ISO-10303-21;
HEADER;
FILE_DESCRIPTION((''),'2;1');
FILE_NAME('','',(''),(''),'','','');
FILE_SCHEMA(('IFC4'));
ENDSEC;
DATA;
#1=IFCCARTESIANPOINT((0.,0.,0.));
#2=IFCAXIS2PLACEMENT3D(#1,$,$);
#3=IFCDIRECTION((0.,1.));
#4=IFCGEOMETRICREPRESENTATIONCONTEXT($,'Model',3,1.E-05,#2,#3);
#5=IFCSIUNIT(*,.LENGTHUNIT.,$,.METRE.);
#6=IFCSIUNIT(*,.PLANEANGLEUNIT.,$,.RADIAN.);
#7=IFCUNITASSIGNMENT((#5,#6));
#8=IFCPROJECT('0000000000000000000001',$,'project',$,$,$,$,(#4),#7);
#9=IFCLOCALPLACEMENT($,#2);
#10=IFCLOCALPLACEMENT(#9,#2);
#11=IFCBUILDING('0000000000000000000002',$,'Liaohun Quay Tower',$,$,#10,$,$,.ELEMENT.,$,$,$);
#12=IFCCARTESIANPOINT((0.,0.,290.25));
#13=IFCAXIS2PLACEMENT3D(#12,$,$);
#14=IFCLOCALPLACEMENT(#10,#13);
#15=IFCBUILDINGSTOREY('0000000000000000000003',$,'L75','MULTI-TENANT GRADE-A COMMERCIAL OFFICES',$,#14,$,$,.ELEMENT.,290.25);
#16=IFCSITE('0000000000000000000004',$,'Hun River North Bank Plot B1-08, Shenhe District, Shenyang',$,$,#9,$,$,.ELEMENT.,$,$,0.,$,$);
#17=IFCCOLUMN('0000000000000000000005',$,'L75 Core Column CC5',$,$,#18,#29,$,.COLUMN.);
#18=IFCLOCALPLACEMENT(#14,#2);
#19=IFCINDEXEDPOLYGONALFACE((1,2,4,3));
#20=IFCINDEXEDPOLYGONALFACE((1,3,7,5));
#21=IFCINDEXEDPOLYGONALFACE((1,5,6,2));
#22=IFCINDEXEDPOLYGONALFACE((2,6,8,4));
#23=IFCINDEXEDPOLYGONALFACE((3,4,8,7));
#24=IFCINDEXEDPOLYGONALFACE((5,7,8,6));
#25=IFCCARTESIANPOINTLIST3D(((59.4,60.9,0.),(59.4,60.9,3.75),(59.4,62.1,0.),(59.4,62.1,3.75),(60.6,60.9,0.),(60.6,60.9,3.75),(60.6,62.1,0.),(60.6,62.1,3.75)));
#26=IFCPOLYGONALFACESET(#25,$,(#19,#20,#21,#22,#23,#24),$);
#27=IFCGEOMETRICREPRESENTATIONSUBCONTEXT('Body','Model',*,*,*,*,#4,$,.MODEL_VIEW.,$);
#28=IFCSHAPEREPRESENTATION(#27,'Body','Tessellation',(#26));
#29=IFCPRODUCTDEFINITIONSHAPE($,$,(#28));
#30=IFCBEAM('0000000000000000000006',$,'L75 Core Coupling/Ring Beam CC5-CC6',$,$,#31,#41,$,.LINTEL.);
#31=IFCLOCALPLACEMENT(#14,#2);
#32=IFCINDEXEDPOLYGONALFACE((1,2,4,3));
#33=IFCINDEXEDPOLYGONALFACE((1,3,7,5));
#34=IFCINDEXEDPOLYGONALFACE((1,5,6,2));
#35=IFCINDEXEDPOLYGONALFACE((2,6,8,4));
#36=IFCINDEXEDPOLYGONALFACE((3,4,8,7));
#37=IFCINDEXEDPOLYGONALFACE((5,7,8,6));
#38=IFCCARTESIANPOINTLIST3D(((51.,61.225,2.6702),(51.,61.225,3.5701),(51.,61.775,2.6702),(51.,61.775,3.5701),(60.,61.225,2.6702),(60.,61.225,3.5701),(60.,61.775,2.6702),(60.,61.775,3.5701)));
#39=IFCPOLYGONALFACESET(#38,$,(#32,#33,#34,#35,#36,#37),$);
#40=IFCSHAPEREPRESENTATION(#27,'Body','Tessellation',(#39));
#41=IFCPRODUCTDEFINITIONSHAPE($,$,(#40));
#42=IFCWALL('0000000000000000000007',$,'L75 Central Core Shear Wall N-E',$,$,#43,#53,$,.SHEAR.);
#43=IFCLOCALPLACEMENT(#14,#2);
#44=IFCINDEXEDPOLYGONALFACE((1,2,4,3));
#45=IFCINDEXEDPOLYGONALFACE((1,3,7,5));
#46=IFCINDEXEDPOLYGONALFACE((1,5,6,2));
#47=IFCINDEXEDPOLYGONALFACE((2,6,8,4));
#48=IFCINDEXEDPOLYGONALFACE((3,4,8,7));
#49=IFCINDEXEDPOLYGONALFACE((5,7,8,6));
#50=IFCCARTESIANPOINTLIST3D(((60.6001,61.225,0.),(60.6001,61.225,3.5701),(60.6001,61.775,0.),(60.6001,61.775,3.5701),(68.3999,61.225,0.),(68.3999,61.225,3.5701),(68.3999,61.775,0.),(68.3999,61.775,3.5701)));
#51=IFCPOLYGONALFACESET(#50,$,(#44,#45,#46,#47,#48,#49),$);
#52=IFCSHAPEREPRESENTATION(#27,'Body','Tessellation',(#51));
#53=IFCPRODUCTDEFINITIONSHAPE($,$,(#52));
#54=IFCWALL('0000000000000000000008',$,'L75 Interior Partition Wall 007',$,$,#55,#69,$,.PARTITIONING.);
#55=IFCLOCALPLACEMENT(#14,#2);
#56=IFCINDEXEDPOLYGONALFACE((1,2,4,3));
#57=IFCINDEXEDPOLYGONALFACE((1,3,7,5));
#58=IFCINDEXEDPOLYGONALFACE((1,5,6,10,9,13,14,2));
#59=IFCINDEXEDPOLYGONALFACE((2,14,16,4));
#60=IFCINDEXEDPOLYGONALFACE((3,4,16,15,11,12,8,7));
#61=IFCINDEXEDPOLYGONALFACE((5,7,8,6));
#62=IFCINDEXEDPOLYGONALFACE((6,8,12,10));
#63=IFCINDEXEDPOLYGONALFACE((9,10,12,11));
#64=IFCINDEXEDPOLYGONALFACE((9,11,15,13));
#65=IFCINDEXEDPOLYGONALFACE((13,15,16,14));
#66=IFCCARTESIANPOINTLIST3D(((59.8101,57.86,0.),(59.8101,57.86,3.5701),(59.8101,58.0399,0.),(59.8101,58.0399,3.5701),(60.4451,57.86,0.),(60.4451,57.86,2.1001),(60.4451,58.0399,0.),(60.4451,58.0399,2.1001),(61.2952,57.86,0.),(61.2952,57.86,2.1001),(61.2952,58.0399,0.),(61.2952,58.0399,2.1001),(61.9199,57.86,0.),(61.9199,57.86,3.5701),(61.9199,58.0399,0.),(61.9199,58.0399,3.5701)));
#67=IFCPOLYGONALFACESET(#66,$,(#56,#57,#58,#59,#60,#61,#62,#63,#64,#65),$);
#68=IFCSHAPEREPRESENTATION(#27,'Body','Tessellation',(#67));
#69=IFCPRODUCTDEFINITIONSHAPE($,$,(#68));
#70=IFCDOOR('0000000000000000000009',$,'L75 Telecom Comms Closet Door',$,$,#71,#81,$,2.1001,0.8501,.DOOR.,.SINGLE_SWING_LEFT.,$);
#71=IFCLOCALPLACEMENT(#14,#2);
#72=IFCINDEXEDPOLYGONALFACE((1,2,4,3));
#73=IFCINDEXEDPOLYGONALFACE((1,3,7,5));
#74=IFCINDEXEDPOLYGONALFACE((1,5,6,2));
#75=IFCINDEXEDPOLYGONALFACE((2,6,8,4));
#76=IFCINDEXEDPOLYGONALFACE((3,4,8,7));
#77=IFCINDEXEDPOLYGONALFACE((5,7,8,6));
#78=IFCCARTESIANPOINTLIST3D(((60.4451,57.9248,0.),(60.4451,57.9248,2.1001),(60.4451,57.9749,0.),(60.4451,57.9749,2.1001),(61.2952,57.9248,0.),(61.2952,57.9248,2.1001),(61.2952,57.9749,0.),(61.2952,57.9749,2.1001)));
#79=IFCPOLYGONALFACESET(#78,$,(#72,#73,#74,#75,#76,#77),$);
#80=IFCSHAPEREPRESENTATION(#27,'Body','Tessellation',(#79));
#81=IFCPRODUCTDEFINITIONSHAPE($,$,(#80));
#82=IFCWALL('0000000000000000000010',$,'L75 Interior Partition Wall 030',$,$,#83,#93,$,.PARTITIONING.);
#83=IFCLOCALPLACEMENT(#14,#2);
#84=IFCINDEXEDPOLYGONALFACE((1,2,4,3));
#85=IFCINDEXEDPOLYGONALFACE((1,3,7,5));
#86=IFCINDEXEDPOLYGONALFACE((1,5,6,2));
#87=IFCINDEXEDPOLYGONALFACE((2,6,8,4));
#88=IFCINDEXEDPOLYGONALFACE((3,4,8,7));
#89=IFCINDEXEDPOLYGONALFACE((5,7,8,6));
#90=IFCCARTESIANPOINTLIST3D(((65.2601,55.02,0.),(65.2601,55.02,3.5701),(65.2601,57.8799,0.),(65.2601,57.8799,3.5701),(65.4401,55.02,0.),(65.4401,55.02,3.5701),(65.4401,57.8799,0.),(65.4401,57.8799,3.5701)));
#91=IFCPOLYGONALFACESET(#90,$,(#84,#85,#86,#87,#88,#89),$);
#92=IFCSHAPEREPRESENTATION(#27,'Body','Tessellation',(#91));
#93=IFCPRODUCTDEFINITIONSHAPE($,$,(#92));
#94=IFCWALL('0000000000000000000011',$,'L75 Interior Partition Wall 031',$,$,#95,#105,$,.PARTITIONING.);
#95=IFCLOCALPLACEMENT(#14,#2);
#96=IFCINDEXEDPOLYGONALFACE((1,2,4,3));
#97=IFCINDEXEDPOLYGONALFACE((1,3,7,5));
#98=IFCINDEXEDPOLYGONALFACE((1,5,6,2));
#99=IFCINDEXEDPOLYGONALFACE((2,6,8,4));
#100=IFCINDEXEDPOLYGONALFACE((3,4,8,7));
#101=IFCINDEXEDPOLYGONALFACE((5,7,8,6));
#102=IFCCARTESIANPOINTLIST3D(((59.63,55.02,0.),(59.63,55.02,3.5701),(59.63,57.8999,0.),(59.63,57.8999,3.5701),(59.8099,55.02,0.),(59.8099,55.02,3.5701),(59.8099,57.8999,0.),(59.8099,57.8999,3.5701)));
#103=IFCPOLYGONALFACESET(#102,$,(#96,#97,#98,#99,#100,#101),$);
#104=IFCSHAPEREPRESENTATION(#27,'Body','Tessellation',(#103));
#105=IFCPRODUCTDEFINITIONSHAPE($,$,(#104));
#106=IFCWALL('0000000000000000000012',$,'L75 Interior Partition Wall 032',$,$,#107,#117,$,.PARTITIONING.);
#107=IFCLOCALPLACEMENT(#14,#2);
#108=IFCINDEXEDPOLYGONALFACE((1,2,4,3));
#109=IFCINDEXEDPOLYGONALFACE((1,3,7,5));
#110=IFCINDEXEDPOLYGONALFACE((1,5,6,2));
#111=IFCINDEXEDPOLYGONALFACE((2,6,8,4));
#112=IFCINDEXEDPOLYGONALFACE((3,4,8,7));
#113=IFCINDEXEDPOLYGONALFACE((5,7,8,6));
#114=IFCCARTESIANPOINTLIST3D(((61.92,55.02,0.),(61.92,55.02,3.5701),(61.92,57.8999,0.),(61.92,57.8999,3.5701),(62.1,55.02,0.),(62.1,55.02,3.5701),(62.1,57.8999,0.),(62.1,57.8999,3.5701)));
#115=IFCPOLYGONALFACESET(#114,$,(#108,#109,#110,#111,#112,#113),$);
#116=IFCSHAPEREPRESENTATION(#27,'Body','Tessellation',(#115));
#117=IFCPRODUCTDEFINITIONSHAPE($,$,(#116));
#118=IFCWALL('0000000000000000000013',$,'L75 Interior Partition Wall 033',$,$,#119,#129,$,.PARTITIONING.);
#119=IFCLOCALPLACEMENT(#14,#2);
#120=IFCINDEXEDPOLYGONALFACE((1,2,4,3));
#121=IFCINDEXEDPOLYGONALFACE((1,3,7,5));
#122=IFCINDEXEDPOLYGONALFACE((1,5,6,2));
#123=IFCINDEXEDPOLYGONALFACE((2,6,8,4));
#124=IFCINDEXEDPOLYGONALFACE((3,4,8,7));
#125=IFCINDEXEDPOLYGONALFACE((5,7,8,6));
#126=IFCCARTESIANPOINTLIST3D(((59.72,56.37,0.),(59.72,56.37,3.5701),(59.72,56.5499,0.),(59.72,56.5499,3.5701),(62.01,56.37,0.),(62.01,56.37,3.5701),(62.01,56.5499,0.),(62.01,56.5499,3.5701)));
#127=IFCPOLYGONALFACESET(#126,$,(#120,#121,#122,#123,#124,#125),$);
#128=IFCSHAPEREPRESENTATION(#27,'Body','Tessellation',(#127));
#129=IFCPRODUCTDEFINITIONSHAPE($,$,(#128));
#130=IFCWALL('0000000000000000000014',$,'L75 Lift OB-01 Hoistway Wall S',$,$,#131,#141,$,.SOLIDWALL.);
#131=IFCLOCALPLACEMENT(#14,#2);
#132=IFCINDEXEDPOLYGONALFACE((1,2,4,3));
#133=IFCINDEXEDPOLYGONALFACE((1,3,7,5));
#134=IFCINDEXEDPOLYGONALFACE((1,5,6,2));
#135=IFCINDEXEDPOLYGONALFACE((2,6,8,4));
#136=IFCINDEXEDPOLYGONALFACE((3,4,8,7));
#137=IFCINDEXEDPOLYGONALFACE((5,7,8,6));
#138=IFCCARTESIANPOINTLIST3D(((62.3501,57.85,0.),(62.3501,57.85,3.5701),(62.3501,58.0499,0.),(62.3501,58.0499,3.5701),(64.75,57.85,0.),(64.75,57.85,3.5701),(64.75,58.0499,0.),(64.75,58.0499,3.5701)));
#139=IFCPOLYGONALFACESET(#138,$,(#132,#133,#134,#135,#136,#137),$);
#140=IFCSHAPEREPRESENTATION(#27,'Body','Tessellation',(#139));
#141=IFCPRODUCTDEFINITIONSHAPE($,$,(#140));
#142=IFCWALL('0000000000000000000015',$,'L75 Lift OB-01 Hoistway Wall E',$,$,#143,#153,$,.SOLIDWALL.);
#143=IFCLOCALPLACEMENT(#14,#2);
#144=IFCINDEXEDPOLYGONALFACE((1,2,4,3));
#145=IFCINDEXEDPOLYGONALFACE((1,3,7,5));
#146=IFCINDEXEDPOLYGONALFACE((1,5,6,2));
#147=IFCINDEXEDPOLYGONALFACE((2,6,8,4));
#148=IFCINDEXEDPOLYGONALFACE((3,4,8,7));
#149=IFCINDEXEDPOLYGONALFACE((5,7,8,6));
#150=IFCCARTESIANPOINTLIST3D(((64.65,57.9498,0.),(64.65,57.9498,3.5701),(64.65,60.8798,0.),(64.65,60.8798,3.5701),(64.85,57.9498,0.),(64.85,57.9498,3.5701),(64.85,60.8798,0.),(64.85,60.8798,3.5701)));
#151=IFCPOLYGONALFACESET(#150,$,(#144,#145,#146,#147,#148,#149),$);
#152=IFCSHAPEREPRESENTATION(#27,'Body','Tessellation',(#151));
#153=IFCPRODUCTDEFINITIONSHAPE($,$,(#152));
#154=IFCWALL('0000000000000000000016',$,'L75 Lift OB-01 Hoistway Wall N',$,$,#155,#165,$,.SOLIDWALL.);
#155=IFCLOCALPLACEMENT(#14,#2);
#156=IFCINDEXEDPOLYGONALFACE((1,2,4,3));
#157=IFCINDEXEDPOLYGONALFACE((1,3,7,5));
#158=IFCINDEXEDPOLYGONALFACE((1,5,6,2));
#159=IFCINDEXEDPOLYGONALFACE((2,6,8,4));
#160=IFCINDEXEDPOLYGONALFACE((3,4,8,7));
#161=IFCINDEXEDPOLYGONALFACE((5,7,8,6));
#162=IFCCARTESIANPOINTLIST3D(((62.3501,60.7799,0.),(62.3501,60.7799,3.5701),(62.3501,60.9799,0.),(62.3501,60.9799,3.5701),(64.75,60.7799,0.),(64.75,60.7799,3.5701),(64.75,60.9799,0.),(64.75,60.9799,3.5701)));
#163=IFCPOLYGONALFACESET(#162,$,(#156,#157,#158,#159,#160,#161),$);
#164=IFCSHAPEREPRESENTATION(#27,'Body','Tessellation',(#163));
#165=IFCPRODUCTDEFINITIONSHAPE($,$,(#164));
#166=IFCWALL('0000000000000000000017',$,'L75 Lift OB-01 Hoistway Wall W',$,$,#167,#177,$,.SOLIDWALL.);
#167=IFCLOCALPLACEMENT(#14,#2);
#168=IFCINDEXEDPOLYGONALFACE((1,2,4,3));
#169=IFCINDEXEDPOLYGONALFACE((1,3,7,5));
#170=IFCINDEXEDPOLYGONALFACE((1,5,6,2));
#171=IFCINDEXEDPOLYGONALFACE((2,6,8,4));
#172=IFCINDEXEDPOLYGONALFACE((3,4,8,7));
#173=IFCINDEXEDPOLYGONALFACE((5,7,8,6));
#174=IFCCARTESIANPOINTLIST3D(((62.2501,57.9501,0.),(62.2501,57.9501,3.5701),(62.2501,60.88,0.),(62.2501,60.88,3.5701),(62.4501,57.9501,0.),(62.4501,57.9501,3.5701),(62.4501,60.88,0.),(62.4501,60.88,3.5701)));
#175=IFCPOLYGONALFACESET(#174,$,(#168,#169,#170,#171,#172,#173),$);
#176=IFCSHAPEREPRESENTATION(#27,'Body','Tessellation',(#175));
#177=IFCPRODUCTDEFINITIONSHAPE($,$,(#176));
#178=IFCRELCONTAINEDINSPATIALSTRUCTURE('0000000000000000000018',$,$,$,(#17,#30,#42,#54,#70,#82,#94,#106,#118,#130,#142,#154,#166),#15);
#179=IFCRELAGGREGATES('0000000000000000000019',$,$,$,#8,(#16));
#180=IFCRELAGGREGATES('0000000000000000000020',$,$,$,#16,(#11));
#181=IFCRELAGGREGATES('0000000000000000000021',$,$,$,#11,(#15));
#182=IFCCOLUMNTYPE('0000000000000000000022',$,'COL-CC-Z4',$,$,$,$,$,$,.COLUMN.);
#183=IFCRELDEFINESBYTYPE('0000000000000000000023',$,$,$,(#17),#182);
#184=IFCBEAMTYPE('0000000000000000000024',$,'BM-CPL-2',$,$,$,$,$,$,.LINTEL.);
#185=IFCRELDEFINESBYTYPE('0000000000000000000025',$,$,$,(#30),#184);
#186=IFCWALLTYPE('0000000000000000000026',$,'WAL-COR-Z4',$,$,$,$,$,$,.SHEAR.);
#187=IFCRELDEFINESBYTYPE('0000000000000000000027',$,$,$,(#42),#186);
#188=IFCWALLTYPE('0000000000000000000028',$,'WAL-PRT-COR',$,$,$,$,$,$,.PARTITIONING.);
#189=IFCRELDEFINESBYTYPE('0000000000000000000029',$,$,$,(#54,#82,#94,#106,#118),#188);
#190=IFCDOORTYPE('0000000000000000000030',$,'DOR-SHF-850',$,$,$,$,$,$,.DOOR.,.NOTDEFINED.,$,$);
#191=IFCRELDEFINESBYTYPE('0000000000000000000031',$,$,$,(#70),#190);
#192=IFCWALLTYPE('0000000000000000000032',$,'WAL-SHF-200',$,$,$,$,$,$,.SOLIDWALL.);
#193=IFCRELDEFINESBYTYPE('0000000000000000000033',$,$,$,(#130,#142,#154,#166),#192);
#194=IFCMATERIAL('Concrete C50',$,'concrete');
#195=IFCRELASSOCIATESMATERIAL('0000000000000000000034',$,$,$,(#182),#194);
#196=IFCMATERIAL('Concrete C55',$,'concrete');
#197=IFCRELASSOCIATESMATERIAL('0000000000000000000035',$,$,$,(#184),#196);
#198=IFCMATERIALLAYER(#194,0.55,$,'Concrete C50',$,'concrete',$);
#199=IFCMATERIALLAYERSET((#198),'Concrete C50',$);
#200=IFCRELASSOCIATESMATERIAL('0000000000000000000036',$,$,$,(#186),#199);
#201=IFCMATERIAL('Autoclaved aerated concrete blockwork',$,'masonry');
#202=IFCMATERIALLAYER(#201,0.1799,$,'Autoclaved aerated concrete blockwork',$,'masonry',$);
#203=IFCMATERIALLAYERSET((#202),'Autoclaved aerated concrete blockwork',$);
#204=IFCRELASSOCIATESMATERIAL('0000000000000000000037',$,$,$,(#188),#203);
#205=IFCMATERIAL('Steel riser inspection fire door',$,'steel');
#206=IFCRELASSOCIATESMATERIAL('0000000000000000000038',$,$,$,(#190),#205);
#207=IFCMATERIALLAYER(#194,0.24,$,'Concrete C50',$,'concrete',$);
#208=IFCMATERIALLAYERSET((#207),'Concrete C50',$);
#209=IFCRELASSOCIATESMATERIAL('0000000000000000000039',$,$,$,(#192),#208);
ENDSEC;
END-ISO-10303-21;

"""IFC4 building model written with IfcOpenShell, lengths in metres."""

from ifc_helpers import new_model, si_unit, direction, frame, frame_2d, origin, origin_2d, place, context, subcontext, project, spatial, rectangle, extrude, source, transform, mapped, material, layer, layer_set, material_profile, profile_set, type_object, element, fill, save


model = new_model("IFC4")

# Units and contexts
model_context = context("Model", 3, precision=1e-05, world=origin(), true_north=direction((0.0, 1.0)))
body_context = subcontext(model_context, "Body", "Model", "MODEL_VIEW")
ifc_project = project(units=[si_unit("LENGTHUNIT", "METRE"), si_unit("PLANEANGLEUNIT", "RADIAN")], contexts=[model_context])

# Site, building, storey
site_placement = place(None, origin())
site = spatial("IfcSite", under=ifc_project, at=site_placement, Name="Hun River North Bank Plot B1-08, Shenhe District, Shenyang", CompositionType="ELEMENT", RefElevation=0.0)
building_placement = place(site_placement, origin())
building = spatial("IfcBuilding", under=site, at=building_placement, Name="Liaohun Quay Tower", CompositionType="ELEMENT")
storey_placement = place(building_placement, frame((0.0, 0.0, 290.25)))
storey = spatial("IfcBuildingStorey", under=building, at=storey_placement, Name="L75", Description="MULTI-TENANT GRADE-A COMMERCIAL OFFICES", CompositionType="ELEMENT", Elevation=290.25)

# Column
ifc_material_1 = material(Name="Concrete C50", Category="concrete")
ifc_material_profile_1 = material_profile(ifc_material_1, rectangle(XDim=1.2, YDim=1.2, at=origin_2d()), Name="RC1200x1200")
ifc_profile_set_1 = profile_set([ifc_material_profile_1], Name="Concrete C50")
column_type = type_object("IfcColumnType", Name="COL-CC-Z4", PredefinedType="COLUMN", material=ifc_profile_set_1)
shared_shape_1 = source(origin(), body_context, "Body", "SweptSolid", [
    extrude(rectangle(XDim=1.2, YDim=1.2, at=origin_2d()), origin(), (0.0, 0.0, 1.0), 3.75),
])
column_placement = place(storey_placement, frame((60.0, 61.5, 0.0), z_axis=(0.0, 0.0, 1.0), x_axis=(1.0, 0.0, 0.0)))
element("IfcColumn", 1, at=column_placement, inside=storey, type_object=column_type, Name="L75 Core Column CC5", PredefinedType="COLUMN", context=body_context, shape_type="MappedRepresentation", body=[
    mapped(shared_shape_1, transform((0.0, 0.0, 0.0), x_axis=(1.0, 0.0, 0.0), y_axis=(0.0, 1.0, 0.0), z_axis=(0.0, 0.0, 1.0), scale=1.0)),
])

# Beam
ifc_material_2 = material(Name="Concrete C55", Category="concrete")
ifc_material_profile_2 = material_profile(ifc_material_2, rectangle(XDim=0.55, YDim=0.8999, at=origin_2d()), Name="RC550x900")
ifc_profile_set_2 = profile_set([ifc_material_profile_2], Name="Concrete C55")
beam_type = type_object("IfcBeamType", Name="BM-CPL-2", PredefinedType="LINTEL", material=ifc_profile_set_2)
shared_shape_2 = source(origin(), body_context, "Body", "SweptSolid", [
    extrude(rectangle(XDim=0.55, YDim=0.8999, at=origin_2d()), origin(), (0.0, 0.0, 1.0), 9.0),
])
beam_placement = place(storey_placement, frame((60.0, 61.5, 3.1201), z_axis=(-1.0, 0.0, 0.0), x_axis=(0.0, -1.0, 0.0)))
element("IfcBeam", 2, at=beam_placement, inside=storey, type_object=beam_type, Name="L75 Core Coupling/Ring Beam CC5-CC6", PredefinedType="LINTEL", context=body_context, shape_type="MappedRepresentation", body=[
    mapped(shared_shape_2, transform((0.0, 0.0, 0.0), x_axis=(1.0, 0.0, 0.0), y_axis=(0.0, 1.0, 0.0), z_axis=(0.0, 0.0, 1.0), scale=1.0)),
])

# Wall
ifc_layer_1 = layer(ifc_material_1, 0.55, Name="Concrete C50", Category="concrete")
ifc_layer_set_1 = layer_set([ifc_layer_1], Name="Concrete C50")
wall_type_1 = type_object("IfcWallType", Name="WAL-COR-Z4", PredefinedType="SHEAR", material=ifc_layer_set_1)
wall_1_placement = place(storey_placement, frame((60.6001, 61.5, 0.0), z_axis=(0.0, 0.0, 1.0), x_axis=(1.0, 0.0, 0.0)))
element("IfcWall", 3, at=wall_1_placement, inside=storey, type_object=wall_type_1, Name="L75 Central Core Shear Wall N-E", PredefinedType="SHEAR", context=body_context, shape_type="SweptSolid", body=[
    extrude(rectangle(XDim=7.7998, YDim=0.55, at=frame_2d((3.8999, 0.0))), origin(), (0.0, 0.0, 1.0), 3.5701),
])

# Wall, opening, door
ifc_material_3 = material(Name="Autoclaved aerated concrete blockwork", Category="masonry")
ifc_layer_2 = layer(ifc_material_3, 0.1799, Name="Autoclaved aerated concrete blockwork", Category="masonry")
ifc_layer_set_2 = layer_set([ifc_layer_2], Name="Autoclaved aerated concrete blockwork")
wall_type_2 = type_object("IfcWallType", Name="WAL-PRT-COR", PredefinedType="PARTITIONING", material=ifc_layer_set_2)
wall_2_placement = place(storey_placement, frame((59.8101, 57.95, 0.0), z_axis=(0.0, 0.0, 1.0), x_axis=(1.0, 0.0, 0.0)))
wall_2 = element("IfcWall", 4, at=wall_2_placement, inside=storey, type_object=wall_type_2, Name="L75 Interior Partition Wall 007", PredefinedType="PARTITIONING", context=body_context, shape_type="SweptSolid", body=[
    extrude(rectangle(XDim=2.1099, YDim=0.1799, at=frame_2d((1.0549, 0.0))), origin(), (0.0, 0.0, 1.0), 3.5701),
])
shared_shape_3 = source(origin(), body_context, "Body", "SweptSolid", [
    extrude(rectangle(XDim=0.8501, YDim=2.1001, at=frame_2d((0.425, 1.05))), frame((0.0, 0.0999, 0.0), z_axis=(0.0, -1.0, 0.0), x_axis=(1.0, 0.0, 0.0)), (0.0, 0.0, 1.0), 0.2),
])
opening_placement = place(wall_2_placement, frame((0.635, 0.0, 0.0)))
opening = element("IfcOpeningElement", 5, at=opening_placement, cuts=wall_2, PredefinedType="OPENING", context=body_context, shape_type="MappedRepresentation", body=[
    mapped(shared_shape_3, transform((0.0, 0.0, 0.0), x_axis=(1.0, 0.0, 0.0), y_axis=(0.0, 1.0, 0.0), z_axis=(0.0, 0.0, 1.0), scale=1.0)),
])
ifc_material_4 = material(Name="Steel riser inspection fire door", Category="steel")
door_type = type_object("IfcDoorType", Name="DOR-SHF-850", OperationType="NOTDEFINED", PredefinedType="DOOR", material=ifc_material_4)
shared_shape_4 = source(origin(), body_context, "Body", "SweptSolid", [
    extrude(rectangle(XDim=0.8501, YDim=2.1001, at=frame_2d((0.425, 1.05))), frame((0.0, 0.0249, 0.0), z_axis=(0.0, -1.0, 0.0), x_axis=(1.0, 0.0, 0.0)), (0.0, 0.0, 1.0), 0.05),
])
door_placement = place(opening_placement, origin())
door = element("IfcDoor", 6, at=door_placement, inside=storey, type_object=door_type, Name="L75 Telecom Comms Closet Door", OperationType="SINGLE_SWING_LEFT", OverallHeight=2.1001, OverallWidth=0.8501, PredefinedType="DOOR", context=body_context, shape_type="MappedRepresentation", body=[
    mapped(shared_shape_4, transform((0.0, 0.0, 0.0), x_axis=(1.0, 0.0, 0.0), y_axis=(0.0, 1.0, 0.0), z_axis=(0.0, 0.0, 1.0), scale=1.0)),
])
fill(opening, door)

# Walls
wall_3_placement = place(storey_placement, frame((65.3501, 55.02, 0.0), z_axis=(0.0, 0.0, 1.0), x_axis=(0.0, 1.0, 0.0)))
element("IfcWall", 7, at=wall_3_placement, inside=storey, type_object=wall_type_2, Name="L75 Interior Partition Wall 030", PredefinedType="PARTITIONING", context=body_context, shape_type="SweptSolid", body=[
    extrude(rectangle(XDim=2.8599, YDim=0.1799, at=frame_2d((1.4299, 0.0))), origin(), (0.0, 0.0, 1.0), 3.5701),
])
for number, where, z_axis, x_axis, name in (
    (8, (59.72, 55.02, 0.0), (0.0, 0.0, 1.0), (0.0, 1.0, 0.0), "L75 Interior Partition Wall 031"),
    (9, (62.01, 55.02, 0.0), (0.0, 0.0, 1.0), (0.0, 1.0, 0.0), "L75 Interior Partition Wall 032"),
):
    element("IfcWall", number, at=place(storey_placement, frame(where, z_axis=z_axis, x_axis=x_axis)), inside=storey, type_object=wall_type_2, Name=name, PredefinedType="PARTITIONING", context=body_context, shape_type="SweptSolid", body=[
        extrude(rectangle(XDim=2.8799, YDim=0.1799, at=frame_2d((1.4399, 0.0))), origin(), (0.0, 0.0, 1.0), 3.5701),
    ])
wall_4_placement = place(storey_placement, frame((59.72, 56.46, 0.0), z_axis=(0.0, 0.0, 1.0), x_axis=(1.0, 0.0, 0.0)))
element("IfcWall", 10, at=wall_4_placement, inside=storey, type_object=wall_type_2, Name="L75 Interior Partition Wall 033", PredefinedType="PARTITIONING", context=body_context, shape_type="SweptSolid", body=[
    extrude(rectangle(XDim=2.29, YDim=0.1799, at=frame_2d((1.145, 0.0))), origin(), (0.0, 0.0, 1.0), 3.5701),
])
ifc_layer_3 = layer(ifc_material_1, 0.24, Name="Concrete C50", Category="concrete")
ifc_layer_set_3 = layer_set([ifc_layer_3], Name="Concrete C50")
wall_type_3 = type_object("IfcWallType", Name="WAL-SHF-200", PredefinedType="SOLIDWALL", material=ifc_layer_set_3)
wall_5_placement = place(storey_placement, frame((62.3501, 57.95, 0.0), z_axis=(0.0, 0.0, 1.0), x_axis=(1.0, 0.0, 0.0)))
element("IfcWall", 11, at=wall_5_placement, inside=storey, type_object=wall_type_3, Name="L75 Lift OB-01 Hoistway Wall S", PredefinedType="SOLIDWALL", context=body_context, shape_type="SweptSolid", body=[
    extrude(rectangle(XDim=2.3999, YDim=0.2, at=frame_2d((1.2, 0.0))), origin(), (0.0, 0.0, 1.0), 3.5701),
])
wall_6_placement = place(storey_placement, frame((64.75, 57.95, 0.0), z_axis=(0.0, 0.0, 1.0), x_axis=(0.0, 1.0, 0.0)))
element("IfcWall", 12, at=wall_6_placement, inside=storey, type_object=wall_type_3, Name="L75 Lift OB-01 Hoistway Wall E", PredefinedType="SOLIDWALL", context=body_context, shape_type="SweptSolid", body=[
    extrude(rectangle(XDim=2.9299, YDim=0.2, at=frame_2d((1.4648, 0.0))), origin(), (0.0, 0.0, 1.0), 3.5701),
])
wall_7_placement = place(storey_placement, frame((64.75, 60.8799, 0.0), z_axis=(0.0, 0.0, 1.0), x_axis=(-1.0, 0.0, 0.0)))
element("IfcWall", 13, at=wall_7_placement, inside=storey, type_object=wall_type_3, Name="L75 Lift OB-01 Hoistway Wall N", PredefinedType="SOLIDWALL", context=body_context, shape_type="SweptSolid", body=[
    extrude(rectangle(XDim=2.3999, YDim=0.2, at=frame_2d((1.2, 0.0))), origin(), (0.0, 0.0, 1.0), 3.5701),
])
wall_8_placement = place(storey_placement, frame((62.3501, 60.8799, 0.0), z_axis=(0.0, 0.0, 1.0), x_axis=(0.0, -1.0, 0.0)))
element("IfcWall", 14, at=wall_8_placement, inside=storey, type_object=wall_type_3, Name="L75 Lift OB-01 Hoistway Wall W", PredefinedType="SOLIDWALL", context=body_context, shape_type="SweptSolid", body=[
    extrude(rectangle(XDim=2.9299, YDim=0.2, at=frame_2d((1.4648, 0.0))), origin(), (0.0, 0.0, 1.0), 3.5701),
])

save(model, "model.ifc")
